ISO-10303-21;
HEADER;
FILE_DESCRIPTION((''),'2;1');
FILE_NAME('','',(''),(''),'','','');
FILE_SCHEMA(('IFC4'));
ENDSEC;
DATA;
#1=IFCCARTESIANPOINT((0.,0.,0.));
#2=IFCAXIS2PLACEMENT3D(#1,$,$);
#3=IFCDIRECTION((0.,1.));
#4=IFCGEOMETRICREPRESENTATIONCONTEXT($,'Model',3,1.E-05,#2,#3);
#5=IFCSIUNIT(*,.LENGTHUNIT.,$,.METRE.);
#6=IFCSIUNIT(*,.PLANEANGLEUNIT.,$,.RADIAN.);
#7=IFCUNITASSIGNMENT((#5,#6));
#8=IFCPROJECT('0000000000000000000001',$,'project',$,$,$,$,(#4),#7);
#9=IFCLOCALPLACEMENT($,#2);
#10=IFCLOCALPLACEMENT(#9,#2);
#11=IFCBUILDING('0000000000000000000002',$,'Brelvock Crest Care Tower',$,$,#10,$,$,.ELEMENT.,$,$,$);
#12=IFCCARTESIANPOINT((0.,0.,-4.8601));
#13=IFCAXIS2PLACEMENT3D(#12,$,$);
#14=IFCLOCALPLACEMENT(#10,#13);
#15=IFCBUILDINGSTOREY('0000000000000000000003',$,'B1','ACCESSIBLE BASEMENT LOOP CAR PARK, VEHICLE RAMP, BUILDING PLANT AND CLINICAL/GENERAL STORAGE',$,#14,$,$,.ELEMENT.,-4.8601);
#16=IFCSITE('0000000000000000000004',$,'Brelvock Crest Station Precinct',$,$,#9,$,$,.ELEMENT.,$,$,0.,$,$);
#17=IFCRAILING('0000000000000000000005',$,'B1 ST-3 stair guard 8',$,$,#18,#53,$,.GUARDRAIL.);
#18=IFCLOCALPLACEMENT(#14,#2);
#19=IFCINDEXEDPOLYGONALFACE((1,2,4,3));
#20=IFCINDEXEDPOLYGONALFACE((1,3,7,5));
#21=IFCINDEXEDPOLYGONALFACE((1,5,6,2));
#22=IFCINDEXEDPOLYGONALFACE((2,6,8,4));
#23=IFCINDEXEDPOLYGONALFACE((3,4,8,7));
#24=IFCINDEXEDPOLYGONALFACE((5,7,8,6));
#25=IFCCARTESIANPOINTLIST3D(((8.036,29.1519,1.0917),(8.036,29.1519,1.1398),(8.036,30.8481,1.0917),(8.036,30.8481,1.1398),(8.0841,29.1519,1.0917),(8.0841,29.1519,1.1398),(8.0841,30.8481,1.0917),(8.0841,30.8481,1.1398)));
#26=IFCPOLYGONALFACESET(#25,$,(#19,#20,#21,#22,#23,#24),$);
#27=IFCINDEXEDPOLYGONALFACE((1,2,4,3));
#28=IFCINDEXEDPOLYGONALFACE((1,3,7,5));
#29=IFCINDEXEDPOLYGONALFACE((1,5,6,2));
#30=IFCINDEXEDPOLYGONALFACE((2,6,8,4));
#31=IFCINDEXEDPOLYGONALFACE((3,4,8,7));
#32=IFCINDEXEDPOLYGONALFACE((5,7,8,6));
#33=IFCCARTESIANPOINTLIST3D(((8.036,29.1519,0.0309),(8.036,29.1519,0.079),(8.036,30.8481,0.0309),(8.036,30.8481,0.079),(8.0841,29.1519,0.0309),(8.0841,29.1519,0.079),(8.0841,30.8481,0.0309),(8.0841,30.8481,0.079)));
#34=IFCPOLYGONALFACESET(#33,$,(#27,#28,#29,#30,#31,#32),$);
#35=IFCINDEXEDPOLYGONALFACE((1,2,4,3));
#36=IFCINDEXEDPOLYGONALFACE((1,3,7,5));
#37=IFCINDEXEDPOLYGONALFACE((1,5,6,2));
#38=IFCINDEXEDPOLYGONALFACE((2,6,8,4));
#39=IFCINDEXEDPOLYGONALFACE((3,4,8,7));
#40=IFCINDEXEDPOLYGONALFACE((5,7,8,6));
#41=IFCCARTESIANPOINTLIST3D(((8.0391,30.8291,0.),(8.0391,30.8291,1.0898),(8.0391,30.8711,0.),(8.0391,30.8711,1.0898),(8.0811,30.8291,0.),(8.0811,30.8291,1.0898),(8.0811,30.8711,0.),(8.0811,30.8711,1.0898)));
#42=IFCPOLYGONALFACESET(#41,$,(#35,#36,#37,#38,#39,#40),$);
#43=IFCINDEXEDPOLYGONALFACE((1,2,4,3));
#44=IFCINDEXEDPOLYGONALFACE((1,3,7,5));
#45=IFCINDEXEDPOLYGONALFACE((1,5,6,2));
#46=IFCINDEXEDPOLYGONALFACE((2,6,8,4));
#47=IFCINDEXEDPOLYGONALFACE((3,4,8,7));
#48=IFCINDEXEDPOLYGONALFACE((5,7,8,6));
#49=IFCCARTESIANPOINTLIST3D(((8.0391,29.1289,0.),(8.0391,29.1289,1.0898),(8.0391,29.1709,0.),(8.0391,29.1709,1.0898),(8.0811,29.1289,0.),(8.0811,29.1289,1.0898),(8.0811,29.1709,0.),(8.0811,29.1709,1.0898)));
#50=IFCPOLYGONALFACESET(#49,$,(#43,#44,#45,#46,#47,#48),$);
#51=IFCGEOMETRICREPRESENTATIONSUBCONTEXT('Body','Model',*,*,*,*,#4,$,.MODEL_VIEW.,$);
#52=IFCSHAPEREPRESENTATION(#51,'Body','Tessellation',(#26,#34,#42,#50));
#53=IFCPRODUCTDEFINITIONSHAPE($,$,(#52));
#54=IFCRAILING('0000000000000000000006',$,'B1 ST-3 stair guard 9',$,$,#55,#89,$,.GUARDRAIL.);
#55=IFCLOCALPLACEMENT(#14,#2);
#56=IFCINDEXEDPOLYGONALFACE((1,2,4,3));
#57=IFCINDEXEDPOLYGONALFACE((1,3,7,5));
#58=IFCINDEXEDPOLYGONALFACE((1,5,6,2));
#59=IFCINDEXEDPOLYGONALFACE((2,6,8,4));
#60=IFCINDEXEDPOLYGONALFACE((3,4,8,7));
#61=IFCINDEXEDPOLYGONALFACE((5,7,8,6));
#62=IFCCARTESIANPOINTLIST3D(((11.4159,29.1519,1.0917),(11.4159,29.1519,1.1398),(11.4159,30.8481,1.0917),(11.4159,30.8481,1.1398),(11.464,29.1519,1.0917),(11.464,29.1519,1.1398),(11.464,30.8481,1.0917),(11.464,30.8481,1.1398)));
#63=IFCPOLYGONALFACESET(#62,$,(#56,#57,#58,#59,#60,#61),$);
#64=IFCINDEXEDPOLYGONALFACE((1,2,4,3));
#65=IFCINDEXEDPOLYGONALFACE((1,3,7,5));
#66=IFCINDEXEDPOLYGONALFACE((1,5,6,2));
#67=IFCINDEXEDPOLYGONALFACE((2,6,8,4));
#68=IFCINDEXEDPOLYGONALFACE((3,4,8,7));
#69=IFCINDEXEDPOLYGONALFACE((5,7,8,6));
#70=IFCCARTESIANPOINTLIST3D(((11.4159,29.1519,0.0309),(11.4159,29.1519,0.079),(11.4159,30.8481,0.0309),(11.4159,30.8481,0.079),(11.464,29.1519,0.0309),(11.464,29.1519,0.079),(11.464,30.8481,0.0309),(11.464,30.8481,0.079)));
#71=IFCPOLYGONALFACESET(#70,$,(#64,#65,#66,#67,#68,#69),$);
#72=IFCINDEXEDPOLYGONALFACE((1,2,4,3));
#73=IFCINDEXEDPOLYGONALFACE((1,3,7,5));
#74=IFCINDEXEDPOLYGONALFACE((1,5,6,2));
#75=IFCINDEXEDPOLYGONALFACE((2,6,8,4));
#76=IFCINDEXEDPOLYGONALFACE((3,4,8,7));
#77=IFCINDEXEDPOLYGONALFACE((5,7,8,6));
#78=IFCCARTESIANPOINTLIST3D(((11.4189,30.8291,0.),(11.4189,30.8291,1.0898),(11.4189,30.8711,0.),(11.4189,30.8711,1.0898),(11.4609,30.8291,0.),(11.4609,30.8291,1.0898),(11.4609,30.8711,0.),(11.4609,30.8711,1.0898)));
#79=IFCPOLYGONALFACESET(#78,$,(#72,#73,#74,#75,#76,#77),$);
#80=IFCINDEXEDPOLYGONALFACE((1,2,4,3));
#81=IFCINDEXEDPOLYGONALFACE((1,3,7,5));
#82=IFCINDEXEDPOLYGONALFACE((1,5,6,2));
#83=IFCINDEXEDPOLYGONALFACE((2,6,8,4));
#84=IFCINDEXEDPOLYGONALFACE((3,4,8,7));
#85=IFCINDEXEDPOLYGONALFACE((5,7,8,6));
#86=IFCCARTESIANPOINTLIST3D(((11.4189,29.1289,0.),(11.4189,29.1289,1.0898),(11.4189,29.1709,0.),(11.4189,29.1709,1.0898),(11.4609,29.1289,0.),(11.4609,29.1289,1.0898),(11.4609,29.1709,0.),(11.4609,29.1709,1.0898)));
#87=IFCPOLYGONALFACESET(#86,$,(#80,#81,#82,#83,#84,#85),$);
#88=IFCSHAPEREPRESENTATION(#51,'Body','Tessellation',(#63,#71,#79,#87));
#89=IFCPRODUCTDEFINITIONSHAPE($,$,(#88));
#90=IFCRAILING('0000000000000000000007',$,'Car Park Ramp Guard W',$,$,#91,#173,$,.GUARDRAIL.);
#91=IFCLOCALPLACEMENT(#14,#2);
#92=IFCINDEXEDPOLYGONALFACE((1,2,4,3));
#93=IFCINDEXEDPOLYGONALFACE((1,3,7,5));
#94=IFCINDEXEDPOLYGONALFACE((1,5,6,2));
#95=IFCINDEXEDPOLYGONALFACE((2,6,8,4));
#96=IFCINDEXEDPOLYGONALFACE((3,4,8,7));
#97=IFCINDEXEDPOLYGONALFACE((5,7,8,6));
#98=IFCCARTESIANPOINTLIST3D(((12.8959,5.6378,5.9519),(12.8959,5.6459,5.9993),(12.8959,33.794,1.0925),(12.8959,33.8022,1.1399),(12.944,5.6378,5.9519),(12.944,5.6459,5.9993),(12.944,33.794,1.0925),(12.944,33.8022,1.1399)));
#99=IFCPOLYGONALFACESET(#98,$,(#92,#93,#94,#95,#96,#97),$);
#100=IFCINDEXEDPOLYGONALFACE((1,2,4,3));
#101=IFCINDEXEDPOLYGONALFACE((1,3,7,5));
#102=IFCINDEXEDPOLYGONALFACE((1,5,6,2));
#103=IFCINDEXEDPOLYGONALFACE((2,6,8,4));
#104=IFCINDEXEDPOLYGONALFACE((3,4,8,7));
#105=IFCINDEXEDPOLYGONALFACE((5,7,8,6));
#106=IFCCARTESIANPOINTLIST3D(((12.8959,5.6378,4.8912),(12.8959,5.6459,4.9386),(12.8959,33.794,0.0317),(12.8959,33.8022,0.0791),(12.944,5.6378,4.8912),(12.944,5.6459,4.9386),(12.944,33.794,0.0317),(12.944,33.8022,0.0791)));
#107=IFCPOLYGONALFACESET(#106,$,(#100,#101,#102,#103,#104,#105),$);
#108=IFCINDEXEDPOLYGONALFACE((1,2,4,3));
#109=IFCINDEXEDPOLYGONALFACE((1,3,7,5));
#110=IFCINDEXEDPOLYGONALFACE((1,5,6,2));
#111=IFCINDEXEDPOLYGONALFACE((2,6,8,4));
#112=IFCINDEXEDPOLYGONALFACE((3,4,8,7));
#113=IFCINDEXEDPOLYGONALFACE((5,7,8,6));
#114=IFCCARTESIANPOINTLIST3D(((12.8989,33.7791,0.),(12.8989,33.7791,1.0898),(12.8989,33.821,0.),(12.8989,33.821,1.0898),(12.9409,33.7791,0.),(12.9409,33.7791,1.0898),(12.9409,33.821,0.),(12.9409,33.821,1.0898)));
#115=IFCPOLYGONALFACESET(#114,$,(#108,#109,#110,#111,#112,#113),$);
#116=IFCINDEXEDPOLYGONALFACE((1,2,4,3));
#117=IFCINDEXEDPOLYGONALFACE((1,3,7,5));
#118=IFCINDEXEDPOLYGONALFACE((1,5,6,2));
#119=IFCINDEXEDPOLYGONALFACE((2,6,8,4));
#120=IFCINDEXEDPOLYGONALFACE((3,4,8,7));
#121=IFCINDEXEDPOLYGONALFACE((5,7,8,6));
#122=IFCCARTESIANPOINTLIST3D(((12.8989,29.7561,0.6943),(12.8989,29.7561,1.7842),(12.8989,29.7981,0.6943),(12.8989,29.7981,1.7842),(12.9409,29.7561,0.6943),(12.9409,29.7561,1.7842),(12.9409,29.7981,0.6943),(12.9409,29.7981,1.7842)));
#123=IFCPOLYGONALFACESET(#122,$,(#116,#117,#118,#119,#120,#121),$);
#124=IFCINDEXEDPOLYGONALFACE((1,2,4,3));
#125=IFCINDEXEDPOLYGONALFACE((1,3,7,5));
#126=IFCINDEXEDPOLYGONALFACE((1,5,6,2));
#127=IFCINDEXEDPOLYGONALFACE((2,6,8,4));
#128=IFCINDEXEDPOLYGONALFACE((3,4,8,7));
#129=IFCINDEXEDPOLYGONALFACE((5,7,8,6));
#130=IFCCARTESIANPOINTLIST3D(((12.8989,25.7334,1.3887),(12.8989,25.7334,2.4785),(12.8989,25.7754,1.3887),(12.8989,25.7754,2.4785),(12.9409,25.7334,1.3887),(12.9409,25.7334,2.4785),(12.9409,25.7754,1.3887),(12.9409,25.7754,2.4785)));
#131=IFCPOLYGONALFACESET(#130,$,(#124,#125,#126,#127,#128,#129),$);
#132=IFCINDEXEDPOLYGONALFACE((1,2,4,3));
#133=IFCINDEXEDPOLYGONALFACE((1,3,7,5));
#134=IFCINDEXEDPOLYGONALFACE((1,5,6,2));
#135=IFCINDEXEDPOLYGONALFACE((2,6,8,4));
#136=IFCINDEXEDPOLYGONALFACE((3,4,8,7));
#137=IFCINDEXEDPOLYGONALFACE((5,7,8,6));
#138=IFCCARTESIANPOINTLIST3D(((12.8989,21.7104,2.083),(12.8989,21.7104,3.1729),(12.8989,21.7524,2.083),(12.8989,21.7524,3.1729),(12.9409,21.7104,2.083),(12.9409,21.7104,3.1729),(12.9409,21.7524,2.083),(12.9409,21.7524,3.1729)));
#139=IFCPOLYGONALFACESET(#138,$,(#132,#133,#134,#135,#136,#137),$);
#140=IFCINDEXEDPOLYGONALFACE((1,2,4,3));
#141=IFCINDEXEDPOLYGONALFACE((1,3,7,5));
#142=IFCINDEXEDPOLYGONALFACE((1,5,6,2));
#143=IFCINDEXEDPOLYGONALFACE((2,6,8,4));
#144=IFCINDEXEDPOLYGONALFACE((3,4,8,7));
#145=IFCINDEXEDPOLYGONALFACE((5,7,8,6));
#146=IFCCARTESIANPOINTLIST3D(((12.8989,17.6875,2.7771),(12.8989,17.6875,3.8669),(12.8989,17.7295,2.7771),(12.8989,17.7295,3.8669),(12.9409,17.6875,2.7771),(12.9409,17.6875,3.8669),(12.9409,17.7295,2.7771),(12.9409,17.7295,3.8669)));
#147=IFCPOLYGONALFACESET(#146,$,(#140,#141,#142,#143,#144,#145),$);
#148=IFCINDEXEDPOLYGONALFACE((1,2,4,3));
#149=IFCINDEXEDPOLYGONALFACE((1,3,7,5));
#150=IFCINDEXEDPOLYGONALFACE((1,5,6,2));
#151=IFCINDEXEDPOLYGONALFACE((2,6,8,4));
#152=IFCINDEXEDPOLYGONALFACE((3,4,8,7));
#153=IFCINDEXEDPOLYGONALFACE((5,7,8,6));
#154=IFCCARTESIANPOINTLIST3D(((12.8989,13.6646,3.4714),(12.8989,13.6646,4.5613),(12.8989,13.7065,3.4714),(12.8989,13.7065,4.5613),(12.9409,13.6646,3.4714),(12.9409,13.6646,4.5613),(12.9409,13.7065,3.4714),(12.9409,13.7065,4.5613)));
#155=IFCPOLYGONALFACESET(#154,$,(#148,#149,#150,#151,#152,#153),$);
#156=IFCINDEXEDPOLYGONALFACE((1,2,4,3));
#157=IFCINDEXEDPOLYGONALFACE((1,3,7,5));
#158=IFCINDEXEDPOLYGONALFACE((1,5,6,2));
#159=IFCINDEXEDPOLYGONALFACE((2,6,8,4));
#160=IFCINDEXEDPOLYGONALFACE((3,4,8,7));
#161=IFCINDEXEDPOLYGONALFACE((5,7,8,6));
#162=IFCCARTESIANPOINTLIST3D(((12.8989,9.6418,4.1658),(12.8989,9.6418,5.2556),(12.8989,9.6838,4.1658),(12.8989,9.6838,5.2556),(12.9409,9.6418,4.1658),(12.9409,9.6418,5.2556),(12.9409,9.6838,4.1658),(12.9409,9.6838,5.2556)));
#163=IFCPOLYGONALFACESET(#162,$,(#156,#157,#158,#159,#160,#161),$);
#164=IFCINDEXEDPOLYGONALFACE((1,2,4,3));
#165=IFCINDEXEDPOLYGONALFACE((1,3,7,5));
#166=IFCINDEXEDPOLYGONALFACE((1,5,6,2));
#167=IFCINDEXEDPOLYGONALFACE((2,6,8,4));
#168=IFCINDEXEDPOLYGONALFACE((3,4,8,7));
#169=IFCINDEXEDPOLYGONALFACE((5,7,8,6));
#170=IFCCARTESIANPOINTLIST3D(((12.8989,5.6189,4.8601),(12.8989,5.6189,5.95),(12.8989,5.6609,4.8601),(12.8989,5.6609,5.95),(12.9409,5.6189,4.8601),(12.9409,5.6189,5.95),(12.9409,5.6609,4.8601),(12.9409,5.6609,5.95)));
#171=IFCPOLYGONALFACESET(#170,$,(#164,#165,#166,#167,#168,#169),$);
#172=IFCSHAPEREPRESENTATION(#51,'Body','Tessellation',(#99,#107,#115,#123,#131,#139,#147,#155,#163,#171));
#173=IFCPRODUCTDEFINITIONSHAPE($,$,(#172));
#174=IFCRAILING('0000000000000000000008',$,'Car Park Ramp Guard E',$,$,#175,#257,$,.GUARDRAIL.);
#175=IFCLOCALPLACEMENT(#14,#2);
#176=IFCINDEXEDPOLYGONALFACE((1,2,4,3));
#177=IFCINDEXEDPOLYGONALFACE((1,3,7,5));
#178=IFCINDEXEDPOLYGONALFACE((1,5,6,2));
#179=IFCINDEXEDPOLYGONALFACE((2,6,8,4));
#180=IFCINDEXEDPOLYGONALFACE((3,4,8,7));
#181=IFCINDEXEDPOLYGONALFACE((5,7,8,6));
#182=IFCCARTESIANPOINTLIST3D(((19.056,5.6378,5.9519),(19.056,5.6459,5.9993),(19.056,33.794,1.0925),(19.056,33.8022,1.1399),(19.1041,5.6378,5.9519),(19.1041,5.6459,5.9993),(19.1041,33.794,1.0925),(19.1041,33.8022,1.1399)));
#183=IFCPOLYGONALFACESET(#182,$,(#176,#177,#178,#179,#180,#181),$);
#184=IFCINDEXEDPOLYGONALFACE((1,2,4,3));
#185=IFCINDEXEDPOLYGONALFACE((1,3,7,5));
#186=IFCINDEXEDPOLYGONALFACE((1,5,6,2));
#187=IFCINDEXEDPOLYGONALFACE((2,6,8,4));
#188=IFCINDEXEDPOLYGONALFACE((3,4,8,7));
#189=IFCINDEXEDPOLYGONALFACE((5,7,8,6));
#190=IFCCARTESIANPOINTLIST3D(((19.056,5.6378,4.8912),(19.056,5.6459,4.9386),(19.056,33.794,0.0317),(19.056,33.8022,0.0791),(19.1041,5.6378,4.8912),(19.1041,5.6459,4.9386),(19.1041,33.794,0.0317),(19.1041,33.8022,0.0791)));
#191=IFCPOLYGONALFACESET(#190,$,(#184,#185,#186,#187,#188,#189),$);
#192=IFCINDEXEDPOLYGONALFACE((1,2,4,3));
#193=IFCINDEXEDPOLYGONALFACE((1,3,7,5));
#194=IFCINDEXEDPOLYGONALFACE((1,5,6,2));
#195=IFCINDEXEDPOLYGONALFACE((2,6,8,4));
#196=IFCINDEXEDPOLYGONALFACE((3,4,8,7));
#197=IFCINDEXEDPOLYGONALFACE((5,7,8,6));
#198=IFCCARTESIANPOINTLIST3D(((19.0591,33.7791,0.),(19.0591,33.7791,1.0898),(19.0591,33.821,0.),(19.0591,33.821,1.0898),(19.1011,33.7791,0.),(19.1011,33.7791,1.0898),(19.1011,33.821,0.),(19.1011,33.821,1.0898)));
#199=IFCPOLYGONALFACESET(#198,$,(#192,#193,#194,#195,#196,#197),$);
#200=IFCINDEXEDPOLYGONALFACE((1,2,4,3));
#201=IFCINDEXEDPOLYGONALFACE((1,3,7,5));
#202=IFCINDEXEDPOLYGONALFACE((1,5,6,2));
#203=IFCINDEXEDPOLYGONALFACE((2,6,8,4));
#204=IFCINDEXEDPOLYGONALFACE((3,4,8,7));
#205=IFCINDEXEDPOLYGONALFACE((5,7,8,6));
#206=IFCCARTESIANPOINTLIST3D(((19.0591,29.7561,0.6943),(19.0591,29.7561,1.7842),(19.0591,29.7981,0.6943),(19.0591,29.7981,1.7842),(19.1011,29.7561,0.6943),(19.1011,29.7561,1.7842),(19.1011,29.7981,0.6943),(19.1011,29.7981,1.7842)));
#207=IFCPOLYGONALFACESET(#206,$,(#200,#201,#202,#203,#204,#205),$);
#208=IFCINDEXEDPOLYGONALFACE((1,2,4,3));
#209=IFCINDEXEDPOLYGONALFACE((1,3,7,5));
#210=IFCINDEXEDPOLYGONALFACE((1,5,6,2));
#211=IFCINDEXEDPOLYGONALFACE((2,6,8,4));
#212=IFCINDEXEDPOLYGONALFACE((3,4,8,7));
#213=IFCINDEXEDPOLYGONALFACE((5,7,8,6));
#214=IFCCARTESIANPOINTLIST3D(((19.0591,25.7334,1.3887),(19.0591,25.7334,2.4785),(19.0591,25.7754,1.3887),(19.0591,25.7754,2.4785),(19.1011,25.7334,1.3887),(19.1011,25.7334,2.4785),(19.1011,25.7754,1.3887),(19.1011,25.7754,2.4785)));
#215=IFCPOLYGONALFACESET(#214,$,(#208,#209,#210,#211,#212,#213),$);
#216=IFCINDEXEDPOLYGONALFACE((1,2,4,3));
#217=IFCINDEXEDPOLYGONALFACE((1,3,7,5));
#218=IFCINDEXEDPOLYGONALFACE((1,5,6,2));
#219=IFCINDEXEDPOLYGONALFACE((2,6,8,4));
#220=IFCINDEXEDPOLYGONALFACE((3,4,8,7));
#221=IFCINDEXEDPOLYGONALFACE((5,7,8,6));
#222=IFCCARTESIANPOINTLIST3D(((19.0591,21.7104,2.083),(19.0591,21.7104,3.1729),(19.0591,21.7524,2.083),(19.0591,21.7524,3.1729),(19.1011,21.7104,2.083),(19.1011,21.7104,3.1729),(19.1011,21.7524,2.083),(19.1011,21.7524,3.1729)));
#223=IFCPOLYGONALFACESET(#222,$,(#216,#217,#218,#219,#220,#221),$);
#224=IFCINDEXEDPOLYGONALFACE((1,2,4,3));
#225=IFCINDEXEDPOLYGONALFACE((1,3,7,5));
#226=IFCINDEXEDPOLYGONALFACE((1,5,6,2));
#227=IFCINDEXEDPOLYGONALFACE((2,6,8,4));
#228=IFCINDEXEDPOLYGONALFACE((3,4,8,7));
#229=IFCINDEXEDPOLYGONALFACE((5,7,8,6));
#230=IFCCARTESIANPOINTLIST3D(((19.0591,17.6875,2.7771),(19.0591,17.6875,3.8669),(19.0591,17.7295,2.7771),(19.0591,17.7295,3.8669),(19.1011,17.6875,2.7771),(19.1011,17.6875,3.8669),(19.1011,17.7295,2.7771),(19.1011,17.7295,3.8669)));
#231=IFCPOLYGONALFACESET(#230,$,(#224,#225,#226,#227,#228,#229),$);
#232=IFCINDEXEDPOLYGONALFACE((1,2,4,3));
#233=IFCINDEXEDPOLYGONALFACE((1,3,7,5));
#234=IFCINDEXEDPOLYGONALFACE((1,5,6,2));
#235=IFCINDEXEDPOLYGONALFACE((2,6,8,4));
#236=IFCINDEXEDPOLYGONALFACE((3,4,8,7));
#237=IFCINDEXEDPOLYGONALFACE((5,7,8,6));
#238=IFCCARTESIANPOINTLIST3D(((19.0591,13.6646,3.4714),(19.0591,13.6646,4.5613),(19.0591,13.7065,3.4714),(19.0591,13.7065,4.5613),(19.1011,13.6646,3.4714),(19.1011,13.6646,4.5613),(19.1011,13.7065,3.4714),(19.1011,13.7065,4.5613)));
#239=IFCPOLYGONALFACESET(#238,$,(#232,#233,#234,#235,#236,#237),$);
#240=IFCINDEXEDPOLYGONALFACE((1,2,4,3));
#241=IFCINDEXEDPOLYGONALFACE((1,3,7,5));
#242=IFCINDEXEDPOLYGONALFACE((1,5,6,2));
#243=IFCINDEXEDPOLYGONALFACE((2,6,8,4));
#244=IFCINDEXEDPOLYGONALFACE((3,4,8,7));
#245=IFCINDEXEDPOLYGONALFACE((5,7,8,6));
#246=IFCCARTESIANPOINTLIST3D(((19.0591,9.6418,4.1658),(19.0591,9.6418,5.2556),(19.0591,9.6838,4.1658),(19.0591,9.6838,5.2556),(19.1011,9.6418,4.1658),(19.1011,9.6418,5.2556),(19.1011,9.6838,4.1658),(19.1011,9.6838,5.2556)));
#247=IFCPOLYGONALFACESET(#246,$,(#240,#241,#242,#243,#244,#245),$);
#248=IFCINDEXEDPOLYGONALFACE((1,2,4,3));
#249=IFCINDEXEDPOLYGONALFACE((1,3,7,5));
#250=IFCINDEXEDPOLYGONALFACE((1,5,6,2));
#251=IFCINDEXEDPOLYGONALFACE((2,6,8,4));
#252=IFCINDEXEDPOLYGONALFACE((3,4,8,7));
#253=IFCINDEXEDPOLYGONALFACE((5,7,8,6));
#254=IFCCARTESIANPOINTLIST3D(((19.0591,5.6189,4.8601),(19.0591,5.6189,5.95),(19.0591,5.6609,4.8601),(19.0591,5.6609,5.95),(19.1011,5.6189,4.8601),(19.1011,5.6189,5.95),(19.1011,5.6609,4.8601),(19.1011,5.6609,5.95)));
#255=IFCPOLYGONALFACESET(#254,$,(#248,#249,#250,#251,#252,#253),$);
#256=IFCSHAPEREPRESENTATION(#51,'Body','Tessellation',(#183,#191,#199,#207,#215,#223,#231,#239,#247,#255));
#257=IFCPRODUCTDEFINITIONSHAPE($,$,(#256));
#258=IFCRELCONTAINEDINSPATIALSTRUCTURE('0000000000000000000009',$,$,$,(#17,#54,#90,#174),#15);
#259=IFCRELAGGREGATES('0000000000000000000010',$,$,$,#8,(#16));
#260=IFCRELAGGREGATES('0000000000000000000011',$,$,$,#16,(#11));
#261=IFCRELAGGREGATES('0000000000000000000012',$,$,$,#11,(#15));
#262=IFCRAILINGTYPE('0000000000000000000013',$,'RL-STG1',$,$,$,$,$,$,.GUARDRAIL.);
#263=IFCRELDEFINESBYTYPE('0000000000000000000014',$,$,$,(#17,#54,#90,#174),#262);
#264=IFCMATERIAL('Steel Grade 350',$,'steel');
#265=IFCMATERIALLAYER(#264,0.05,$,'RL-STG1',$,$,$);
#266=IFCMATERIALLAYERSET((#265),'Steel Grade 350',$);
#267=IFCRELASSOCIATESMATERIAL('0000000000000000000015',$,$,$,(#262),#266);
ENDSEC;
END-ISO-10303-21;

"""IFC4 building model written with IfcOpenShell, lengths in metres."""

from ifc_helpers import new_model, si_unit, direction, frame, origin, origin_2d, place, context, subcontext, project, spatial, rectangle, extrude, material, layer, layer_set, type_object, element, save


model = new_model("IFC4")

# Units and contexts
model_context = context("Model", 3, precision=1e-05, world=origin(), true_north=direction((0.0, 1.0)))
body_context = subcontext(model_context, "Body", "Model", "MODEL_VIEW")
ifc_project = project(units=[si_unit("LENGTHUNIT", "METRE"), si_unit("PLANEANGLEUNIT", "RADIAN")], contexts=[model_context])

# Site, building, storey
site_placement = place(None, origin())
site = spatial("IfcSite", under=ifc_project, at=site_placement, Name="Brelvock Crest Station Precinct", CompositionType="ELEMENT", RefElevation=0.0)
building_placement = place(site_placement, origin())
building = spatial("IfcBuilding", under=site, at=building_placement, Name="Brelvock Crest Care Tower", CompositionType="ELEMENT")
storey_placement = place(building_placement, frame((0.0, 0.0, -4.8601)))
storey = spatial("IfcBuildingStorey", under=building, at=storey_placement, Name="B1", Description="ACCESSIBLE BASEMENT LOOP CAR PARK, VEHICLE RAMP, BUILDING PLANT AND CLINICAL/GENERAL STORAGE", CompositionType="ELEMENT", Elevation=-4.8601)

# Shared definitions
ifc_material_1 = material(Name="Steel Grade 350", Category="steel")

# Railings
ifc_layer_1 = layer(ifc_material_1, 0.05, Name="RL-STG1")
ifc_layer_set_1 = layer_set([ifc_layer_1], Name="Steel Grade 350")
railing_type_1 = type_object("IfcRailingType", Name="RL-STG1", PredefinedType="GUARDRAIL", material=ifc_layer_set_1)
for number, where, name in (
    (1, (8.0601, 30.8501, 0.0), "B1 ST-3 stair guard 8"),
    (2, (11.4399, 30.8501, 0.0), "B1 ST-3 stair guard 9"),
):
    element("IfcRailing", number, at=place(storey_placement, frame(where)), inside=storey, type_object=railing_type_1, Name=name, PredefinedType="GUARDRAIL", context=body_context, shape_type="SweptSolid", body=[
        extrude(rectangle(XDim=0.0481, YDim=0.0481, at=origin_2d()), frame((0.0, -0.002, 1.1157), z_axis=(0.0, -1.0, 0.0), x_axis=(1.0, 0.0, 0.0)), (0.0, 0.0, 1.0), 1.6963),
        extrude(rectangle(XDim=0.0481, YDim=0.0481, at=origin_2d()), frame((0.0, -0.002, 0.0549), z_axis=(0.0, -1.0, 0.0), x_axis=(1.0, 0.0, 0.0)), (0.0, 0.0, 1.0), 1.6963),
        extrude(rectangle(XDim=0.042, YDim=0.042, at=origin_2d()), origin(), (0.0, 0.0, 1.0), 1.0898),
        extrude(rectangle(XDim=0.042, YDim=0.042, at=origin_2d()), frame((0.0, -1.7002, 0.0)), (0.0, 0.0, 1.0), 1.0898),
    ])
for number, where, name in (
    (3, (12.9199, 33.8, 0.0), "Car Park Ramp Guard W"),
    (4, (19.0801, 33.8, 0.0), "Car Park Ramp Guard E"),
):
    element("IfcRailing", number, at=place(storey_placement, frame(where)), inside=storey, type_object=railing_type_1, Name=name, PredefinedType="GUARDRAIL", context=body_context, shape_type="SweptSolid", body=[
        extrude(rectangle(XDim=0.0481, YDim=0.0481, at=origin_2d()), frame((0.0, -0.002, 1.1162), z_axis=(0.0, -0.985431, 0.170074), x_axis=(1.0, 0.0, 0.0)), (0.0, 0.0, 1.0), 28.5725),
        extrude(rectangle(XDim=0.0481, YDim=0.0481, at=origin_2d()), frame((0.0, -0.002, 0.0554), z_axis=(0.0, -0.985431, 0.170074), x_axis=(1.0, 0.0, 0.0)), (0.0, 0.0, 1.0), 28.5725),
        extrude(rectangle(XDim=0.042, YDim=0.042, at=origin_2d()), origin(), (0.0, 0.0, 1.0), 1.0898),
        extrude(rectangle(XDim=0.042, YDim=0.042, at=origin_2d()), frame((0.0, -4.0229, 0.6943)), (0.0, 0.0, 1.0), 1.0898),
        extrude(rectangle(XDim=0.042, YDim=0.042, at=origin_2d()), frame((0.0, -8.0457, 1.3887)), (0.0, 0.0, 1.0), 1.0898),
        extrude(rectangle(XDim=0.042, YDim=0.042, at=origin_2d()), frame((0.0, -12.0686, 2.083)), (0.0, 0.0, 1.0), 1.0898),
        extrude(rectangle(XDim=0.042, YDim=0.042, at=origin_2d()), frame((0.0, -16.0916, 2.7771)), (0.0, 0.0, 1.0), 1.0898),
        extrude(rectangle(XDim=0.042, YDim=0.042, at=origin_2d()), frame((0.0, -20.1145, 3.4714)), (0.0, 0.0, 1.0), 1.0898),
        extrude(rectangle(XDim=0.042, YDim=0.042, at=origin_2d()), frame((0.0, -24.1372, 4.1658)), (0.0, 0.0, 1.0), 1.0898),
        extrude(rectangle(XDim=0.042, YDim=0.042, at=origin_2d()), frame((0.0, -28.1602, 4.8601)), (0.0, 0.0, 1.0), 1.0898),
    ])

save(model, "model.ifc")
